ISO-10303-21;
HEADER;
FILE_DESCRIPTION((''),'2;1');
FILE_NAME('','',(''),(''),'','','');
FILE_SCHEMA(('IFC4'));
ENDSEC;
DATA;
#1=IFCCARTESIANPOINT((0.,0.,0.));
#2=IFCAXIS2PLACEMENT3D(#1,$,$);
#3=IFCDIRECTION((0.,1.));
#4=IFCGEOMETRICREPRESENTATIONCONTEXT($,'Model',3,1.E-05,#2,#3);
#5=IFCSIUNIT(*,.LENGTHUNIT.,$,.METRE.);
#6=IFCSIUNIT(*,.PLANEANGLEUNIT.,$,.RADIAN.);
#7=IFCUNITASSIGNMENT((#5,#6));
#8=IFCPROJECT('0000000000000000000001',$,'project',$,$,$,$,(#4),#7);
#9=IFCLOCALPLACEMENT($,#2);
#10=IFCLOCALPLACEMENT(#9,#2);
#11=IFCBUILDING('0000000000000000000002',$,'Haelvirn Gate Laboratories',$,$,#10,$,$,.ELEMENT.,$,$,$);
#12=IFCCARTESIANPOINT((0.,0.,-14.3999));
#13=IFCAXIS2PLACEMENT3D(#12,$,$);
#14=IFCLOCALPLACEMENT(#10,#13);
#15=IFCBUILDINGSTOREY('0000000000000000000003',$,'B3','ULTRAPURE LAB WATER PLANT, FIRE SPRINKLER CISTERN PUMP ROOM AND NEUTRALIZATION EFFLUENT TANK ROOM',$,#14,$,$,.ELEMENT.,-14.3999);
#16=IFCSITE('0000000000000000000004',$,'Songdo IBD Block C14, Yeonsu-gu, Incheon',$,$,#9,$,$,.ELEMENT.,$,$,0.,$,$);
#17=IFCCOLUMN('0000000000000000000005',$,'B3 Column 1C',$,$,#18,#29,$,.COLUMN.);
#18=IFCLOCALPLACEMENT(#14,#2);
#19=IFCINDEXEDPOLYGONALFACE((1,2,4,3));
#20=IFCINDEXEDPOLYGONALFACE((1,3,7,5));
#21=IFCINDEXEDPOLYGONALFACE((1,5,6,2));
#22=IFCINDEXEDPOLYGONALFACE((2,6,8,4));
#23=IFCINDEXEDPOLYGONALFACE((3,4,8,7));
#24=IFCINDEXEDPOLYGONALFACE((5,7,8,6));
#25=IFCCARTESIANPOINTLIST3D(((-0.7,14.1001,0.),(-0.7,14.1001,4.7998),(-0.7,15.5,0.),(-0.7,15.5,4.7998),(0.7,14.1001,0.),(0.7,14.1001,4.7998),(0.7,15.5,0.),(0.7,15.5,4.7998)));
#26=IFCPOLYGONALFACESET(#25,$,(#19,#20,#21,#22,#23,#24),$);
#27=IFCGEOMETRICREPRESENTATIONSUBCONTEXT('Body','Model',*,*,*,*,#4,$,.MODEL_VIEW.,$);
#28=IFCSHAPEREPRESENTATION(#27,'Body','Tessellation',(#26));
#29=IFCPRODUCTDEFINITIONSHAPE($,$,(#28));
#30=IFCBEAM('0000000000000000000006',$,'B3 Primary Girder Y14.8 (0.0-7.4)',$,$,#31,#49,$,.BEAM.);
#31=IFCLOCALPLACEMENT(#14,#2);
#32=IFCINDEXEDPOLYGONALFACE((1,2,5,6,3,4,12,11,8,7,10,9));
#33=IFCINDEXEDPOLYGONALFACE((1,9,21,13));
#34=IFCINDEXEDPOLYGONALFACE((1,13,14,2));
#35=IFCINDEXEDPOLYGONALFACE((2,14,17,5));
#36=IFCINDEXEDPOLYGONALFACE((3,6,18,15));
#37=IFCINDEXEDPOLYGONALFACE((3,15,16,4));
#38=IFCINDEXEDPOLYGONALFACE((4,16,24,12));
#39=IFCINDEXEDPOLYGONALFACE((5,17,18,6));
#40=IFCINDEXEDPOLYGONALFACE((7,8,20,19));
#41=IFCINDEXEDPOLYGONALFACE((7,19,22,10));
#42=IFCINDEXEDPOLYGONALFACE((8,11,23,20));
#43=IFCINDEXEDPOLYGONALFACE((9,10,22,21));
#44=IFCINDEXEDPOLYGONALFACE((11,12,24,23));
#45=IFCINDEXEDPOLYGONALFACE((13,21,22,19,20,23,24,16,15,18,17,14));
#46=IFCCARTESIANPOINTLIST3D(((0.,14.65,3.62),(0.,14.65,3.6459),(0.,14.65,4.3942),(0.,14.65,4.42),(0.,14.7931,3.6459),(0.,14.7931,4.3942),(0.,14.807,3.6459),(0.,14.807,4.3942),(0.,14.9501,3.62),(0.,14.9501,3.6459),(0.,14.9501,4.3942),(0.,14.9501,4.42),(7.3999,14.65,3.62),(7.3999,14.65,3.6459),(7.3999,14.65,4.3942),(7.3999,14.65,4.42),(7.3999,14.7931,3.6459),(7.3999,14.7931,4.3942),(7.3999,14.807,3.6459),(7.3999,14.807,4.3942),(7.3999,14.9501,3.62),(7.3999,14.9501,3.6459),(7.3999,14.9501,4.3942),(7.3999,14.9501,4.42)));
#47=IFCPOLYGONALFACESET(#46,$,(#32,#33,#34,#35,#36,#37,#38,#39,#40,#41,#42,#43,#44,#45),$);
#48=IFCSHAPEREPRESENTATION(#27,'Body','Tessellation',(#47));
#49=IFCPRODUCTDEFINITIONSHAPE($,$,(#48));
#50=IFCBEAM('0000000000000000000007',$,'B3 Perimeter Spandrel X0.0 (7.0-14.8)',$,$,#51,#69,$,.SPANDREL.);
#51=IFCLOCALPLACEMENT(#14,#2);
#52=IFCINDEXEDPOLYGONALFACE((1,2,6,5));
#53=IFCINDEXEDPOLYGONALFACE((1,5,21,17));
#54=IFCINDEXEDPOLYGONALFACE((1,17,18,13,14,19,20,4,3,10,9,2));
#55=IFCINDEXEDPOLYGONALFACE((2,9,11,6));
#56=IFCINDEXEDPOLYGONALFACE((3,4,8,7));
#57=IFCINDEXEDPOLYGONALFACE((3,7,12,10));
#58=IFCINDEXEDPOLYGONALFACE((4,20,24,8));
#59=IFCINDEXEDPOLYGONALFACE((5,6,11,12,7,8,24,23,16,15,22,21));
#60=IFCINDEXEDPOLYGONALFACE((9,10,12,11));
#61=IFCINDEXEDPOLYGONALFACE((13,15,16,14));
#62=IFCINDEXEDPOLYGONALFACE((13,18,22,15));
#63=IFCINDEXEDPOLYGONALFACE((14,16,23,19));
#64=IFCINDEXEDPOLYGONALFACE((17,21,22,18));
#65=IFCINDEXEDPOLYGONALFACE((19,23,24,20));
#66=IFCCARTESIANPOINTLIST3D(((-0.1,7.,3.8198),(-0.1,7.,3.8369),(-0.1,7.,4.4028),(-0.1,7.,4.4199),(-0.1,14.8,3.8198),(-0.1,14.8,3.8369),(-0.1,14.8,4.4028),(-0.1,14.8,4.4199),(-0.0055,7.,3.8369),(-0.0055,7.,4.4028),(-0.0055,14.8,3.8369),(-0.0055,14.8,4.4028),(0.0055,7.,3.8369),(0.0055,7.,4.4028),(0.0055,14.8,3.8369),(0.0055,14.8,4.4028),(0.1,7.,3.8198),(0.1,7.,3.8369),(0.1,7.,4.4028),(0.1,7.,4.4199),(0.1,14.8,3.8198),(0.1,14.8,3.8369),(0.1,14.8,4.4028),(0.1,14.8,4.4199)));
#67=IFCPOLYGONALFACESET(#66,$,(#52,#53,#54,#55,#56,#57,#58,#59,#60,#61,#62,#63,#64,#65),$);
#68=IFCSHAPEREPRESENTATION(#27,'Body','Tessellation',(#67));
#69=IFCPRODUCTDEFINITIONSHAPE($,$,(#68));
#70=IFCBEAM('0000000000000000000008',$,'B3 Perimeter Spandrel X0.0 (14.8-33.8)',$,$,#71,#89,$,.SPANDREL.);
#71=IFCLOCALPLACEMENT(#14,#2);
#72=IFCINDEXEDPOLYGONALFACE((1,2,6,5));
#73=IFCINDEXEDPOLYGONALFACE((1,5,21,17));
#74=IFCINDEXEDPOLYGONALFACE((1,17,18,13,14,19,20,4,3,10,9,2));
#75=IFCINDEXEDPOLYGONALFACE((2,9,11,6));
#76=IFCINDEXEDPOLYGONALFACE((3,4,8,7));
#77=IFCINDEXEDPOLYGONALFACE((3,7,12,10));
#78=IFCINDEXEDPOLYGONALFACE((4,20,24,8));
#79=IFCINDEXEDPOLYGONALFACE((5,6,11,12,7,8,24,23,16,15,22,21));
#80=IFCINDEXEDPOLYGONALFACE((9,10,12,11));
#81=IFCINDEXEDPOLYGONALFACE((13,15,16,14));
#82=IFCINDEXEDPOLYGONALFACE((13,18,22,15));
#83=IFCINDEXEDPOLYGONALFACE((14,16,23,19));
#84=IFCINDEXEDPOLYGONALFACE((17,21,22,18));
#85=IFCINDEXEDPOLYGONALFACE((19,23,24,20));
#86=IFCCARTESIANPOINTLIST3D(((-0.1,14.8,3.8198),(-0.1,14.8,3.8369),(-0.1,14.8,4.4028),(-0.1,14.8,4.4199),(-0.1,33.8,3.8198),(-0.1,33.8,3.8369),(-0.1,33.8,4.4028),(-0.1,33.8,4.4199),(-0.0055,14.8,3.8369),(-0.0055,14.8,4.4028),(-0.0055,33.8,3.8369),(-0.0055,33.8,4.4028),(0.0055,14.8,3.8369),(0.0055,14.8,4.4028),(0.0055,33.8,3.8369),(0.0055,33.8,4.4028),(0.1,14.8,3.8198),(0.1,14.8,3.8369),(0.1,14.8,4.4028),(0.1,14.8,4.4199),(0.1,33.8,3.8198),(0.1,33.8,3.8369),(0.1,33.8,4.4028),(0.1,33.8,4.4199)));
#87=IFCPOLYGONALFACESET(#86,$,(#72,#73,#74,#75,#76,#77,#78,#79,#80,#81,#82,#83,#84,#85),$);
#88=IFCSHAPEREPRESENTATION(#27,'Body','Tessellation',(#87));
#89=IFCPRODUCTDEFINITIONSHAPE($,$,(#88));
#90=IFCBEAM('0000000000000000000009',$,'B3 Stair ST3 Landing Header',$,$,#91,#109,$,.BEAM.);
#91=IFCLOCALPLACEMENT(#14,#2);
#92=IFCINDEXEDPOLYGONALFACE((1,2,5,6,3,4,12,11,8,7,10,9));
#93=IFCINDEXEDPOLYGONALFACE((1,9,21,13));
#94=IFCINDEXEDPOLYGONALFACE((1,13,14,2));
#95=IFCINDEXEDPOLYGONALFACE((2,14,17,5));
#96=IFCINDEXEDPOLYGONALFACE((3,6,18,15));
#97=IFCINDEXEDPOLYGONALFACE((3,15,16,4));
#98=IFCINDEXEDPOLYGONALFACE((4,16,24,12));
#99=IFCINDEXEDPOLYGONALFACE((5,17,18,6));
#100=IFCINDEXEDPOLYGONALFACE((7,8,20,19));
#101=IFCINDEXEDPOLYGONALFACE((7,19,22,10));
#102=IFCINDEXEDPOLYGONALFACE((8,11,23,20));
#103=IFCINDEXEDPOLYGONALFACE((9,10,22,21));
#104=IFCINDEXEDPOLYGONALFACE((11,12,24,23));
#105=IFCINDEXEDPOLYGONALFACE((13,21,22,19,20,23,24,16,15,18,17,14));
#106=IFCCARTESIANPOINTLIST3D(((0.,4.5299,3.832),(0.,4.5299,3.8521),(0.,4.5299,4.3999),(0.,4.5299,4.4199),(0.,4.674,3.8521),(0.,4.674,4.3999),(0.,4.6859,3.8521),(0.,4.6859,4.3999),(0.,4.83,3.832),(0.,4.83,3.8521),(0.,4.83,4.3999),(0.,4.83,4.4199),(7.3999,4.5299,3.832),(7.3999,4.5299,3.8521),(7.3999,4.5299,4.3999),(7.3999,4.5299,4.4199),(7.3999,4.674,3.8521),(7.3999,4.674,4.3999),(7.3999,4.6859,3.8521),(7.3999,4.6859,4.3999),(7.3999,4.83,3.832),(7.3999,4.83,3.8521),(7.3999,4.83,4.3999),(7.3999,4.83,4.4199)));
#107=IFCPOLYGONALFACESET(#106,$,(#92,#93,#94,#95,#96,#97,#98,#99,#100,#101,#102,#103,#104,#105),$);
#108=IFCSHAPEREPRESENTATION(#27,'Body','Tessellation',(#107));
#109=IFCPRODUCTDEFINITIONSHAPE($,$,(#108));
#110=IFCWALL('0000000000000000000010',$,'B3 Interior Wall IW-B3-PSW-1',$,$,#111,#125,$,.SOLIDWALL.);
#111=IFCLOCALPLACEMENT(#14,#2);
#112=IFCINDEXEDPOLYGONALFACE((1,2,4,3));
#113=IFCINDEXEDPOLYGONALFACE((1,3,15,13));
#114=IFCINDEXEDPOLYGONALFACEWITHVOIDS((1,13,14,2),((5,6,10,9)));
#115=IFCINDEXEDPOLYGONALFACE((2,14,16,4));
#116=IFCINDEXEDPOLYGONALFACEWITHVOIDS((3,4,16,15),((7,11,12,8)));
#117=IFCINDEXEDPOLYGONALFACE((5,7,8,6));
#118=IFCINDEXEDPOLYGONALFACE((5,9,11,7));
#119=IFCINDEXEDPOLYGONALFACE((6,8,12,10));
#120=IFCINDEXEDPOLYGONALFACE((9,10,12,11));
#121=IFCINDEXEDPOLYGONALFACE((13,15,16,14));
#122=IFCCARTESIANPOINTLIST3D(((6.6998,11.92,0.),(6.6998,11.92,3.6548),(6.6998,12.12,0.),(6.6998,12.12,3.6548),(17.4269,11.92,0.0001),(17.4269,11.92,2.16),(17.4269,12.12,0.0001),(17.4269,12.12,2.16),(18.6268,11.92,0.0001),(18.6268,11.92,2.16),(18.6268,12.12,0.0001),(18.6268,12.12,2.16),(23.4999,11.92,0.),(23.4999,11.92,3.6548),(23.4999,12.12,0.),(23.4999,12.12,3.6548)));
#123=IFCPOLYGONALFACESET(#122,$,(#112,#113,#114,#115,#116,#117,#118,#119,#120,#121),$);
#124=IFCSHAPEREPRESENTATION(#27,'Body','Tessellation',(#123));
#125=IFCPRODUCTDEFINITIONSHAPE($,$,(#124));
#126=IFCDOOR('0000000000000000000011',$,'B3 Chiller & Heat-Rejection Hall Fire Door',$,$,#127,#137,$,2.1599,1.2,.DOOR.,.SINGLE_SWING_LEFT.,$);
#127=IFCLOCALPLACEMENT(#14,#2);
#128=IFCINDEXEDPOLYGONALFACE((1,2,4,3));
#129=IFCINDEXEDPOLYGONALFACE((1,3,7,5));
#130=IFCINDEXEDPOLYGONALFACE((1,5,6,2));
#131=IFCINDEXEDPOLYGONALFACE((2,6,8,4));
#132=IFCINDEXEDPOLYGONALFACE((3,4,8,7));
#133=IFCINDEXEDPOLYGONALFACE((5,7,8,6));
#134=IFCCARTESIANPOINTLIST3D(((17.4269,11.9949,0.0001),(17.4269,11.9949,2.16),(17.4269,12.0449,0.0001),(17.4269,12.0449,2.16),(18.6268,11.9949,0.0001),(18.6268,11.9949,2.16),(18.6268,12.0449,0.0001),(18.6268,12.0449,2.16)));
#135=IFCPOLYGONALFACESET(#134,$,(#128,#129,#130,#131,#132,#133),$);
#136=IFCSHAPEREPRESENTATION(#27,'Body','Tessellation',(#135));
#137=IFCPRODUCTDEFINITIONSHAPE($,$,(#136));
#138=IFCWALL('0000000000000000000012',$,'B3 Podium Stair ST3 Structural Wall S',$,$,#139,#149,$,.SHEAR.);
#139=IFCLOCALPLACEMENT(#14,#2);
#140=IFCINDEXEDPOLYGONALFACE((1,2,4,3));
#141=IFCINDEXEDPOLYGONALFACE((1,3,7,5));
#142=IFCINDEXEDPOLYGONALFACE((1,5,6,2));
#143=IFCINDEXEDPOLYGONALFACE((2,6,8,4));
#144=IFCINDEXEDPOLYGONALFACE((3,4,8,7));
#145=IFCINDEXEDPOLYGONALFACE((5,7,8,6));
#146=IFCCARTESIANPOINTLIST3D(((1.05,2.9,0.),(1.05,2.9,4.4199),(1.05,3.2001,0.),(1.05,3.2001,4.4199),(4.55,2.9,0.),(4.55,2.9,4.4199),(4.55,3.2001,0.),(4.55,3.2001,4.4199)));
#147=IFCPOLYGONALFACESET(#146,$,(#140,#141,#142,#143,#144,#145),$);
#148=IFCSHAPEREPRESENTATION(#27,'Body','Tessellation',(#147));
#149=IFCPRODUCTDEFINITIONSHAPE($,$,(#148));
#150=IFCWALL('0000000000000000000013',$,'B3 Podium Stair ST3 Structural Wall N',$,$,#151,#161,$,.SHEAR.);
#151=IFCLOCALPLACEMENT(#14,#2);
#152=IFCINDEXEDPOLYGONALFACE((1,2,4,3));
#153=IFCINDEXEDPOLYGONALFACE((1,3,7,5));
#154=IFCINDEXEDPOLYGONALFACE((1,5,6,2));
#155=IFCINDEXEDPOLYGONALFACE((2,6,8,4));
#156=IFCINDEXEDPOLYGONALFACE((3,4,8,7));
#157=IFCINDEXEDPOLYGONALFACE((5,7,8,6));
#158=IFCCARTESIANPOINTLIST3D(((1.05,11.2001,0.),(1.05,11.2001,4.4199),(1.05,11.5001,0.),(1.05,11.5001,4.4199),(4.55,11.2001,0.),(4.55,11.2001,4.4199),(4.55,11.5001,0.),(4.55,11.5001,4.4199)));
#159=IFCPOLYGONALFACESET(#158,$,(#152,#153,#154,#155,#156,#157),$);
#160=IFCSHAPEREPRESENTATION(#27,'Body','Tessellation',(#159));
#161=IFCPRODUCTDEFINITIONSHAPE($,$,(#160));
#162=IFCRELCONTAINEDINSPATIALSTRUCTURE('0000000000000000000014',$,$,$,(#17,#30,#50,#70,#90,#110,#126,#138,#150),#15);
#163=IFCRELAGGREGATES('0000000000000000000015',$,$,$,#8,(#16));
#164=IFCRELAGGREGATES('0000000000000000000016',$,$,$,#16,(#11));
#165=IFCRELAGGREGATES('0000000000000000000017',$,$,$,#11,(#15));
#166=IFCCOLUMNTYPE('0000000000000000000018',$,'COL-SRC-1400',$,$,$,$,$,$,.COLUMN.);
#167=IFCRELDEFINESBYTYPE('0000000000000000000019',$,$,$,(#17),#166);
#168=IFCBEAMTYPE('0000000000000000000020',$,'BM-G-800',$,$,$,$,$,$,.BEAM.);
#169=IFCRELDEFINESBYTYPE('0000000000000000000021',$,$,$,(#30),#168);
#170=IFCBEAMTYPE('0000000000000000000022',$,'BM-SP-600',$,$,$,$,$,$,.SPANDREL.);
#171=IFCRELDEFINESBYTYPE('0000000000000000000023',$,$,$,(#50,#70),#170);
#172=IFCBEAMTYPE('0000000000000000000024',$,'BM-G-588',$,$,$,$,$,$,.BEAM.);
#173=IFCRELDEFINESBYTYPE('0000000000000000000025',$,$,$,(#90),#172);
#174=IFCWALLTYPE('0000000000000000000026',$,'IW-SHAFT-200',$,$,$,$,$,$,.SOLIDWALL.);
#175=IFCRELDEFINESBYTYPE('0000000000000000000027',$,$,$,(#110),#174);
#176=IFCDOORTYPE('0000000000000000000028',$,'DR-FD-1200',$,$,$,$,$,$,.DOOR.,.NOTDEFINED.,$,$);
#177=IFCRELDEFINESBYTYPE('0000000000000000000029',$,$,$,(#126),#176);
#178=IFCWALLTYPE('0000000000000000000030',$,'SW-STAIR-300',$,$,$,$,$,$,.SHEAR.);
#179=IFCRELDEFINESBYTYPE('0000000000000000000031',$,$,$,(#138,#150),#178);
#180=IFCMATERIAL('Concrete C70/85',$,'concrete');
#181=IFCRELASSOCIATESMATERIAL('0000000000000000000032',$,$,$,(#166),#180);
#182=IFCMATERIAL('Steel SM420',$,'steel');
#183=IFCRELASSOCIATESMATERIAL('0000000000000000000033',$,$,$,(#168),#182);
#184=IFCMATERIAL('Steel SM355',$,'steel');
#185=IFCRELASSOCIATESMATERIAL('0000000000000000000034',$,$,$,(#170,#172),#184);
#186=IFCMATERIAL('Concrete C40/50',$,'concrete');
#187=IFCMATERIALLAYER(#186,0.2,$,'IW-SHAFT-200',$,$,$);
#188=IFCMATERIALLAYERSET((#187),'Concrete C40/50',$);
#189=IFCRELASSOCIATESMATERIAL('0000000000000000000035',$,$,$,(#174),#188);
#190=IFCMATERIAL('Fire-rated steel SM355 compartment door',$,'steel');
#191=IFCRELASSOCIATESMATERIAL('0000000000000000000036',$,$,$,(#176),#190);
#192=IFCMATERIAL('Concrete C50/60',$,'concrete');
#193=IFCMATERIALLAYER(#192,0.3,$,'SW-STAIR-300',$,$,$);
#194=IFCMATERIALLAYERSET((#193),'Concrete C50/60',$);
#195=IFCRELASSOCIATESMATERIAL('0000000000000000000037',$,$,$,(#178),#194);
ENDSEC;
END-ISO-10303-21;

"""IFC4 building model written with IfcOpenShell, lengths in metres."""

from ifc_helpers import new_model, si_unit, direction, frame, frame_2d, origin, origin_2d, place, context, subcontext, project, spatial, rectangle, i_section, extrude, source, transform, mapped, material, layer, layer_set, material_profile, profile_set, type_object, type_shapes, element, fill, save


model = new_model("IFC4")

# Units and contexts
model_context = context("Model", 3, precision=1e-05, world=origin(), true_north=direction((0.0, 1.0)))
body_context = subcontext(model_context, "Body", "Model", "MODEL_VIEW")
ifc_project = project(units=[si_unit("LENGTHUNIT", "METRE"), si_unit("PLANEANGLEUNIT", "RADIAN")], contexts=[model_context])

# Site, building, storey
site_placement = place(None, origin())
site = spatial("IfcSite", under=ifc_project, at=site_placement, Name="Songdo IBD Block C14, Yeonsu-gu, Incheon", CompositionType="ELEMENT", RefElevation=0.0)
building_placement = place(site_placement, origin())
building = spatial("IfcBuilding", under=site, at=building_placement, Name="Haelvirn Gate Laboratories", CompositionType="ELEMENT")
storey_placement = place(building_placement, frame((0.0, 0.0, -14.3999)))
storey = spatial("IfcBuildingStorey", under=building, at=storey_placement, Name="B3", Description="ULTRAPURE LAB WATER PLANT, FIRE SPRINKLER CISTERN PUMP ROOM AND NEUTRALIZATION EFFLUENT TANK ROOM", CompositionType="ELEMENT", Elevation=-14.3999)

# Shared definitions
ifc_material_1 = material(Name="Concrete C50/60", Category="concrete")

# Column
ifc_material_2 = material(Name="Concrete C70/85", Category="concrete")
ifc_material_profile_1 = material_profile(ifc_material_2, rectangle(XDim=1.3999, YDim=1.3999, at=origin_2d()), Name="SRC-1400x1400")
ifc_profile_set_1 = profile_set([ifc_material_profile_1], Name="Concrete C70/85")
column_type = type_object("IfcColumnType", Name="COL-SRC-1400", PredefinedType="COLUMN", material=ifc_profile_set_1)
shared_shape_1 = source(origin(), body_context, "Body", "SweptSolid", [
    extrude(rectangle(XDim=1.3999, YDim=1.3999, at=origin_2d()), origin(), (0.0, 0.0, 1.0), 4.7998),
])
type_shapes(column_type, [shared_shape_1])
for number, where, z_axis, x_axis, name in (
    (1, (0.0, 14.8, 0.0), (0.0, 0.0, 1.0), (1.0, 0.0, 0.0), "B3 Column 1C"),
):
    element("IfcColumn", number, at=place(storey_placement, frame(where, z_axis=z_axis, x_axis=x_axis)), inside=storey, type_object=column_type, Name=name, PredefinedType="COLUMN", context=body_context, shape_type="MappedRepresentation", body=[
        mapped(shared_shape_1, transform((0.0, 0.0, 0.0), scale=1.0)),
    ])

# Beams
ifc_material_3 = material(Name="Steel SM420", Category="steel")
ifc_material_profile_2 = material_profile(ifc_material_3, i_section(OverallWidth=0.3, OverallDepth=0.8, WebThickness=0.0139, FlangeThickness=0.0259, at=origin_2d()), Name="H-800x300x14x26")
ifc_profile_set_2 = profile_set([ifc_material_profile_2], Name="Steel SM420")
beam_type_1 = type_object("IfcBeamType", Name="BM-G-800", PredefinedType="BEAM", material=ifc_profile_set_2)
shared_shape_2 = source(origin(), body_context, "Body", "SweptSolid", [
    extrude(i_section(OverallWidth=0.3, OverallDepth=0.8, WebThickness=0.0139, FlangeThickness=0.0259, at=origin_2d()), origin(), (0.0, 0.0, 1.0), 7.3999),
])
type_shapes(beam_type_1, [shared_shape_2])
beam_1_placement = place(storey_placement, frame((0.0, 14.8, 4.02), z_axis=(1.0, 0.0, 0.0), x_axis=(0.0, 1.0, 0.0)))
element("IfcBeam", 2, at=beam_1_placement, inside=storey, type_object=beam_type_1, Name="B3 Primary Girder Y14.8 (0.0-7.4)", PredefinedType="BEAM", context=body_context, shape_type="MappedRepresentation", body=[
    mapped(shared_shape_2, transform((0.0, 0.0, 0.0), scale=1.0)),
])
ifc_material_4 = material(Name="Steel SM355", Category="steel")
ifc_material_profile_3 = material_profile(ifc_material_4, i_section(OverallWidth=0.2, OverallDepth=0.6001, WebThickness=0.011, FlangeThickness=0.0171, at=origin_2d()), Name="H-600x200x11x17")
ifc_profile_set_3 = profile_set([ifc_material_profile_3], Name="Steel SM355")
beam_type_2 = type_object("IfcBeamType", Name="BM-SP-600", PredefinedType="SPANDREL", material=ifc_profile_set_3)
shared_shape_3 = source(origin(), body_context, "Body", "SweptSolid", [
    extrude(i_section(OverallWidth=0.2, OverallDepth=0.6001, WebThickness=0.011, FlangeThickness=0.0171, at=origin_2d()), origin(), (0.0, 0.0, 1.0), 7.8),
])
beam_2_placement = place(storey_placement, frame((0.0, 7.0, 4.1199), z_axis=(0.0, 1.0, 0.0), x_axis=(-1.0, 0.0, 0.0)))
element("IfcBeam", 3, at=beam_2_placement, inside=storey, type_object=beam_type_2, Name="B3 Perimeter Spandrel X0.0 (7.0-14.8)", PredefinedType="SPANDREL", context=body_context, shape_type="MappedRepresentation", body=[
    mapped(shared_shape_3, transform((0.0, 0.0, 0.0), scale=1.0)),
])
shared_shape_4 = source(origin(), body_context, "Body", "SweptSolid", [
    extrude(i_section(OverallWidth=0.2, OverallDepth=0.6001, WebThickness=0.011, FlangeThickness=0.0171, at=origin_2d()), origin(), (0.0, 0.0, 1.0), 19.0),
])
type_shapes(beam_type_2, [shared_shape_3, shared_shape_4])
beam_3_placement = place(storey_placement, frame((0.0, 14.8, 4.1199), z_axis=(0.0, 1.0, 0.0), x_axis=(-1.0, 0.0, 0.0)))
element("IfcBeam", 4, at=beam_3_placement, inside=storey, type_object=beam_type_2, Name="B3 Perimeter Spandrel X0.0 (14.8-33.8)", PredefinedType="SPANDREL", context=body_context, shape_type="MappedRepresentation", body=[
    mapped(shared_shape_4, transform((0.0, 0.0, 0.0), scale=1.0)),
])
ifc_material_profile_4 = material_profile(ifc_material_4, i_section(OverallWidth=0.3, OverallDepth=0.5879, WebThickness=0.012, FlangeThickness=0.02, at=origin_2d()), Name="H-588x300x12x20")
ifc_profile_set_4 = profile_set([ifc_material_profile_4], Name="Steel SM355")
beam_type_3 = type_object("IfcBeamType", Name="BM-G-588", PredefinedType="BEAM", material=ifc_profile_set_4)
shared_shape_5 = source(origin(), body_context, "Body", "SweptSolid", [
    extrude(i_section(OverallWidth=0.3, OverallDepth=0.5879, WebThickness=0.012, FlangeThickness=0.02, at=origin_2d()), origin(), (0.0, 0.0, 1.0), 7.3999),
])
type_shapes(beam_type_3, [shared_shape_5])
beam_4_placement = place(storey_placement, frame((0.0, 4.6799, 4.126), z_axis=(1.0, 0.0, 0.0), x_axis=(0.0, 1.0, 0.0)))
element("IfcBeam", 5, at=beam_4_placement, inside=storey, type_object=beam_type_3, Name="B3 Stair ST3 Landing Header", PredefinedType="BEAM", context=body_context, shape_type="MappedRepresentation", body=[
    mapped(shared_shape_5, transform((0.0, 0.0, 0.0), scale=1.0)),
])

# Wall, opening, door
ifc_material_5 = material(Name="Concrete C40/50", Category="concrete")
ifc_layer_1 = layer(ifc_material_5, 0.2, Name="IW-SHAFT-200")
ifc_layer_set_1 = layer_set([ifc_layer_1], Name="Concrete C40/50")
wall_type_1 = type_object("IfcWallType", Name="IW-SHAFT-200", PredefinedType="SOLIDWALL", material=ifc_layer_set_1)
wall_1_placement = place(storey_placement, frame((6.7, 12.02, 0.0), z_axis=(0.0, 0.0, 1.0), x_axis=(1.0, 0.0, 0.0)))
wall_1 = element("IfcWall", 6, at=wall_1_placement, inside=storey, type_object=wall_type_1, Name="B3 Interior Wall IW-B3-PSW-1", PredefinedType="SOLIDWALL", context=body_context, shape_type="SweptSolid", body=[
    extrude(rectangle(XDim=16.8, YDim=0.2, at=frame_2d((8.3999, 0.0))), origin(), (0.0, 0.0, 1.0), 3.6548),
])
opening_1_placement = place(wall_1_placement, frame((10.7268, 0.0, 0.0)))
opening_1 = element("IfcOpeningElement", 7, at=opening_1_placement, cuts=wall_1, PredefinedType="OPENING", context=body_context, shape_type="SweptSolid", body=[
    extrude(rectangle(XDim=1.2, YDim=2.1599, at=frame_2d((0.6001, 1.0801))), frame((0.0, 0.1099, 0.0), z_axis=(0.0, -1.0, 0.0), x_axis=(1.0, 0.0, 0.0)), (0.0, 0.0, 1.0), 0.22),
])
ifc_material_6 = material(Name="Fire-rated steel SM355 compartment door", Category="steel")
door_type_1 = type_object("IfcDoorType", Name="DR-FD-1200", OperationType="NOTDEFINED", PredefinedType="DOOR", material=ifc_material_6)
shared_shape_6 = source(origin(), body_context, "Body", "SweptSolid", [
    extrude(rectangle(XDim=1.2, YDim=2.1599, at=frame_2d((0.6001, 1.0801))), frame((0.0, 0.0249, 0.0), z_axis=(0.0, -1.0, 0.0), x_axis=(1.0, 0.0, 0.0)), (0.0, 0.0, 1.0), 0.05),
])
type_shapes(door_type_1, [shared_shape_6])
door_1_placement = place(opening_1_placement, origin())
door_1 = element("IfcDoor", 8, at=door_1_placement, inside=storey, type_object=door_type_1, Name="B3 Chiller & Heat-Rejection Hall Fire Door", OperationType="SINGLE_SWING_LEFT", OverallHeight=2.1599, OverallWidth=1.2, PredefinedType="DOOR", context=body_context, shape_type="MappedRepresentation", body=[
    mapped(shared_shape_6, transform((0.0, 0.0, 0.0), scale=1.0)),
])
fill(opening_1, door_1)

# Walls
ifc_layer_2 = layer(ifc_material_1, 0.3, Name="SW-STAIR-300")
ifc_layer_set_2 = layer_set([ifc_layer_2], Name="Concrete C50/60")
wall_type_2 = type_object("IfcWallType", Name="SW-STAIR-300", PredefinedType="SHEAR", material=ifc_layer_set_2)
for number, where, z_axis, x_axis, name in (
    (9, (1.05, 3.05, 0.0), (0.0, 0.0, 1.0), (1.0, 0.0, 0.0), "B3 Podium Stair ST3 Structural Wall S"),
    (10, (1.05, 11.3501, 0.0), (0.0, 0.0, 1.0), (1.0, 0.0, 0.0), "B3 Podium Stair ST3 Structural Wall N"),
):
    element("IfcWall", number, at=place(storey_placement, frame(where, z_axis=z_axis, x_axis=x_axis)), inside=storey, type_object=wall_type_2, Name=name, PredefinedType="SHEAR", context=body_context, shape_type="SweptSolid", body=[
        extrude(rectangle(XDim=3.5, YDim=0.3, at=frame_2d((1.75, 0.0))), origin(), (0.0, 0.0, 1.0), 4.4199),
    ])

save(model, "model.ifc")
